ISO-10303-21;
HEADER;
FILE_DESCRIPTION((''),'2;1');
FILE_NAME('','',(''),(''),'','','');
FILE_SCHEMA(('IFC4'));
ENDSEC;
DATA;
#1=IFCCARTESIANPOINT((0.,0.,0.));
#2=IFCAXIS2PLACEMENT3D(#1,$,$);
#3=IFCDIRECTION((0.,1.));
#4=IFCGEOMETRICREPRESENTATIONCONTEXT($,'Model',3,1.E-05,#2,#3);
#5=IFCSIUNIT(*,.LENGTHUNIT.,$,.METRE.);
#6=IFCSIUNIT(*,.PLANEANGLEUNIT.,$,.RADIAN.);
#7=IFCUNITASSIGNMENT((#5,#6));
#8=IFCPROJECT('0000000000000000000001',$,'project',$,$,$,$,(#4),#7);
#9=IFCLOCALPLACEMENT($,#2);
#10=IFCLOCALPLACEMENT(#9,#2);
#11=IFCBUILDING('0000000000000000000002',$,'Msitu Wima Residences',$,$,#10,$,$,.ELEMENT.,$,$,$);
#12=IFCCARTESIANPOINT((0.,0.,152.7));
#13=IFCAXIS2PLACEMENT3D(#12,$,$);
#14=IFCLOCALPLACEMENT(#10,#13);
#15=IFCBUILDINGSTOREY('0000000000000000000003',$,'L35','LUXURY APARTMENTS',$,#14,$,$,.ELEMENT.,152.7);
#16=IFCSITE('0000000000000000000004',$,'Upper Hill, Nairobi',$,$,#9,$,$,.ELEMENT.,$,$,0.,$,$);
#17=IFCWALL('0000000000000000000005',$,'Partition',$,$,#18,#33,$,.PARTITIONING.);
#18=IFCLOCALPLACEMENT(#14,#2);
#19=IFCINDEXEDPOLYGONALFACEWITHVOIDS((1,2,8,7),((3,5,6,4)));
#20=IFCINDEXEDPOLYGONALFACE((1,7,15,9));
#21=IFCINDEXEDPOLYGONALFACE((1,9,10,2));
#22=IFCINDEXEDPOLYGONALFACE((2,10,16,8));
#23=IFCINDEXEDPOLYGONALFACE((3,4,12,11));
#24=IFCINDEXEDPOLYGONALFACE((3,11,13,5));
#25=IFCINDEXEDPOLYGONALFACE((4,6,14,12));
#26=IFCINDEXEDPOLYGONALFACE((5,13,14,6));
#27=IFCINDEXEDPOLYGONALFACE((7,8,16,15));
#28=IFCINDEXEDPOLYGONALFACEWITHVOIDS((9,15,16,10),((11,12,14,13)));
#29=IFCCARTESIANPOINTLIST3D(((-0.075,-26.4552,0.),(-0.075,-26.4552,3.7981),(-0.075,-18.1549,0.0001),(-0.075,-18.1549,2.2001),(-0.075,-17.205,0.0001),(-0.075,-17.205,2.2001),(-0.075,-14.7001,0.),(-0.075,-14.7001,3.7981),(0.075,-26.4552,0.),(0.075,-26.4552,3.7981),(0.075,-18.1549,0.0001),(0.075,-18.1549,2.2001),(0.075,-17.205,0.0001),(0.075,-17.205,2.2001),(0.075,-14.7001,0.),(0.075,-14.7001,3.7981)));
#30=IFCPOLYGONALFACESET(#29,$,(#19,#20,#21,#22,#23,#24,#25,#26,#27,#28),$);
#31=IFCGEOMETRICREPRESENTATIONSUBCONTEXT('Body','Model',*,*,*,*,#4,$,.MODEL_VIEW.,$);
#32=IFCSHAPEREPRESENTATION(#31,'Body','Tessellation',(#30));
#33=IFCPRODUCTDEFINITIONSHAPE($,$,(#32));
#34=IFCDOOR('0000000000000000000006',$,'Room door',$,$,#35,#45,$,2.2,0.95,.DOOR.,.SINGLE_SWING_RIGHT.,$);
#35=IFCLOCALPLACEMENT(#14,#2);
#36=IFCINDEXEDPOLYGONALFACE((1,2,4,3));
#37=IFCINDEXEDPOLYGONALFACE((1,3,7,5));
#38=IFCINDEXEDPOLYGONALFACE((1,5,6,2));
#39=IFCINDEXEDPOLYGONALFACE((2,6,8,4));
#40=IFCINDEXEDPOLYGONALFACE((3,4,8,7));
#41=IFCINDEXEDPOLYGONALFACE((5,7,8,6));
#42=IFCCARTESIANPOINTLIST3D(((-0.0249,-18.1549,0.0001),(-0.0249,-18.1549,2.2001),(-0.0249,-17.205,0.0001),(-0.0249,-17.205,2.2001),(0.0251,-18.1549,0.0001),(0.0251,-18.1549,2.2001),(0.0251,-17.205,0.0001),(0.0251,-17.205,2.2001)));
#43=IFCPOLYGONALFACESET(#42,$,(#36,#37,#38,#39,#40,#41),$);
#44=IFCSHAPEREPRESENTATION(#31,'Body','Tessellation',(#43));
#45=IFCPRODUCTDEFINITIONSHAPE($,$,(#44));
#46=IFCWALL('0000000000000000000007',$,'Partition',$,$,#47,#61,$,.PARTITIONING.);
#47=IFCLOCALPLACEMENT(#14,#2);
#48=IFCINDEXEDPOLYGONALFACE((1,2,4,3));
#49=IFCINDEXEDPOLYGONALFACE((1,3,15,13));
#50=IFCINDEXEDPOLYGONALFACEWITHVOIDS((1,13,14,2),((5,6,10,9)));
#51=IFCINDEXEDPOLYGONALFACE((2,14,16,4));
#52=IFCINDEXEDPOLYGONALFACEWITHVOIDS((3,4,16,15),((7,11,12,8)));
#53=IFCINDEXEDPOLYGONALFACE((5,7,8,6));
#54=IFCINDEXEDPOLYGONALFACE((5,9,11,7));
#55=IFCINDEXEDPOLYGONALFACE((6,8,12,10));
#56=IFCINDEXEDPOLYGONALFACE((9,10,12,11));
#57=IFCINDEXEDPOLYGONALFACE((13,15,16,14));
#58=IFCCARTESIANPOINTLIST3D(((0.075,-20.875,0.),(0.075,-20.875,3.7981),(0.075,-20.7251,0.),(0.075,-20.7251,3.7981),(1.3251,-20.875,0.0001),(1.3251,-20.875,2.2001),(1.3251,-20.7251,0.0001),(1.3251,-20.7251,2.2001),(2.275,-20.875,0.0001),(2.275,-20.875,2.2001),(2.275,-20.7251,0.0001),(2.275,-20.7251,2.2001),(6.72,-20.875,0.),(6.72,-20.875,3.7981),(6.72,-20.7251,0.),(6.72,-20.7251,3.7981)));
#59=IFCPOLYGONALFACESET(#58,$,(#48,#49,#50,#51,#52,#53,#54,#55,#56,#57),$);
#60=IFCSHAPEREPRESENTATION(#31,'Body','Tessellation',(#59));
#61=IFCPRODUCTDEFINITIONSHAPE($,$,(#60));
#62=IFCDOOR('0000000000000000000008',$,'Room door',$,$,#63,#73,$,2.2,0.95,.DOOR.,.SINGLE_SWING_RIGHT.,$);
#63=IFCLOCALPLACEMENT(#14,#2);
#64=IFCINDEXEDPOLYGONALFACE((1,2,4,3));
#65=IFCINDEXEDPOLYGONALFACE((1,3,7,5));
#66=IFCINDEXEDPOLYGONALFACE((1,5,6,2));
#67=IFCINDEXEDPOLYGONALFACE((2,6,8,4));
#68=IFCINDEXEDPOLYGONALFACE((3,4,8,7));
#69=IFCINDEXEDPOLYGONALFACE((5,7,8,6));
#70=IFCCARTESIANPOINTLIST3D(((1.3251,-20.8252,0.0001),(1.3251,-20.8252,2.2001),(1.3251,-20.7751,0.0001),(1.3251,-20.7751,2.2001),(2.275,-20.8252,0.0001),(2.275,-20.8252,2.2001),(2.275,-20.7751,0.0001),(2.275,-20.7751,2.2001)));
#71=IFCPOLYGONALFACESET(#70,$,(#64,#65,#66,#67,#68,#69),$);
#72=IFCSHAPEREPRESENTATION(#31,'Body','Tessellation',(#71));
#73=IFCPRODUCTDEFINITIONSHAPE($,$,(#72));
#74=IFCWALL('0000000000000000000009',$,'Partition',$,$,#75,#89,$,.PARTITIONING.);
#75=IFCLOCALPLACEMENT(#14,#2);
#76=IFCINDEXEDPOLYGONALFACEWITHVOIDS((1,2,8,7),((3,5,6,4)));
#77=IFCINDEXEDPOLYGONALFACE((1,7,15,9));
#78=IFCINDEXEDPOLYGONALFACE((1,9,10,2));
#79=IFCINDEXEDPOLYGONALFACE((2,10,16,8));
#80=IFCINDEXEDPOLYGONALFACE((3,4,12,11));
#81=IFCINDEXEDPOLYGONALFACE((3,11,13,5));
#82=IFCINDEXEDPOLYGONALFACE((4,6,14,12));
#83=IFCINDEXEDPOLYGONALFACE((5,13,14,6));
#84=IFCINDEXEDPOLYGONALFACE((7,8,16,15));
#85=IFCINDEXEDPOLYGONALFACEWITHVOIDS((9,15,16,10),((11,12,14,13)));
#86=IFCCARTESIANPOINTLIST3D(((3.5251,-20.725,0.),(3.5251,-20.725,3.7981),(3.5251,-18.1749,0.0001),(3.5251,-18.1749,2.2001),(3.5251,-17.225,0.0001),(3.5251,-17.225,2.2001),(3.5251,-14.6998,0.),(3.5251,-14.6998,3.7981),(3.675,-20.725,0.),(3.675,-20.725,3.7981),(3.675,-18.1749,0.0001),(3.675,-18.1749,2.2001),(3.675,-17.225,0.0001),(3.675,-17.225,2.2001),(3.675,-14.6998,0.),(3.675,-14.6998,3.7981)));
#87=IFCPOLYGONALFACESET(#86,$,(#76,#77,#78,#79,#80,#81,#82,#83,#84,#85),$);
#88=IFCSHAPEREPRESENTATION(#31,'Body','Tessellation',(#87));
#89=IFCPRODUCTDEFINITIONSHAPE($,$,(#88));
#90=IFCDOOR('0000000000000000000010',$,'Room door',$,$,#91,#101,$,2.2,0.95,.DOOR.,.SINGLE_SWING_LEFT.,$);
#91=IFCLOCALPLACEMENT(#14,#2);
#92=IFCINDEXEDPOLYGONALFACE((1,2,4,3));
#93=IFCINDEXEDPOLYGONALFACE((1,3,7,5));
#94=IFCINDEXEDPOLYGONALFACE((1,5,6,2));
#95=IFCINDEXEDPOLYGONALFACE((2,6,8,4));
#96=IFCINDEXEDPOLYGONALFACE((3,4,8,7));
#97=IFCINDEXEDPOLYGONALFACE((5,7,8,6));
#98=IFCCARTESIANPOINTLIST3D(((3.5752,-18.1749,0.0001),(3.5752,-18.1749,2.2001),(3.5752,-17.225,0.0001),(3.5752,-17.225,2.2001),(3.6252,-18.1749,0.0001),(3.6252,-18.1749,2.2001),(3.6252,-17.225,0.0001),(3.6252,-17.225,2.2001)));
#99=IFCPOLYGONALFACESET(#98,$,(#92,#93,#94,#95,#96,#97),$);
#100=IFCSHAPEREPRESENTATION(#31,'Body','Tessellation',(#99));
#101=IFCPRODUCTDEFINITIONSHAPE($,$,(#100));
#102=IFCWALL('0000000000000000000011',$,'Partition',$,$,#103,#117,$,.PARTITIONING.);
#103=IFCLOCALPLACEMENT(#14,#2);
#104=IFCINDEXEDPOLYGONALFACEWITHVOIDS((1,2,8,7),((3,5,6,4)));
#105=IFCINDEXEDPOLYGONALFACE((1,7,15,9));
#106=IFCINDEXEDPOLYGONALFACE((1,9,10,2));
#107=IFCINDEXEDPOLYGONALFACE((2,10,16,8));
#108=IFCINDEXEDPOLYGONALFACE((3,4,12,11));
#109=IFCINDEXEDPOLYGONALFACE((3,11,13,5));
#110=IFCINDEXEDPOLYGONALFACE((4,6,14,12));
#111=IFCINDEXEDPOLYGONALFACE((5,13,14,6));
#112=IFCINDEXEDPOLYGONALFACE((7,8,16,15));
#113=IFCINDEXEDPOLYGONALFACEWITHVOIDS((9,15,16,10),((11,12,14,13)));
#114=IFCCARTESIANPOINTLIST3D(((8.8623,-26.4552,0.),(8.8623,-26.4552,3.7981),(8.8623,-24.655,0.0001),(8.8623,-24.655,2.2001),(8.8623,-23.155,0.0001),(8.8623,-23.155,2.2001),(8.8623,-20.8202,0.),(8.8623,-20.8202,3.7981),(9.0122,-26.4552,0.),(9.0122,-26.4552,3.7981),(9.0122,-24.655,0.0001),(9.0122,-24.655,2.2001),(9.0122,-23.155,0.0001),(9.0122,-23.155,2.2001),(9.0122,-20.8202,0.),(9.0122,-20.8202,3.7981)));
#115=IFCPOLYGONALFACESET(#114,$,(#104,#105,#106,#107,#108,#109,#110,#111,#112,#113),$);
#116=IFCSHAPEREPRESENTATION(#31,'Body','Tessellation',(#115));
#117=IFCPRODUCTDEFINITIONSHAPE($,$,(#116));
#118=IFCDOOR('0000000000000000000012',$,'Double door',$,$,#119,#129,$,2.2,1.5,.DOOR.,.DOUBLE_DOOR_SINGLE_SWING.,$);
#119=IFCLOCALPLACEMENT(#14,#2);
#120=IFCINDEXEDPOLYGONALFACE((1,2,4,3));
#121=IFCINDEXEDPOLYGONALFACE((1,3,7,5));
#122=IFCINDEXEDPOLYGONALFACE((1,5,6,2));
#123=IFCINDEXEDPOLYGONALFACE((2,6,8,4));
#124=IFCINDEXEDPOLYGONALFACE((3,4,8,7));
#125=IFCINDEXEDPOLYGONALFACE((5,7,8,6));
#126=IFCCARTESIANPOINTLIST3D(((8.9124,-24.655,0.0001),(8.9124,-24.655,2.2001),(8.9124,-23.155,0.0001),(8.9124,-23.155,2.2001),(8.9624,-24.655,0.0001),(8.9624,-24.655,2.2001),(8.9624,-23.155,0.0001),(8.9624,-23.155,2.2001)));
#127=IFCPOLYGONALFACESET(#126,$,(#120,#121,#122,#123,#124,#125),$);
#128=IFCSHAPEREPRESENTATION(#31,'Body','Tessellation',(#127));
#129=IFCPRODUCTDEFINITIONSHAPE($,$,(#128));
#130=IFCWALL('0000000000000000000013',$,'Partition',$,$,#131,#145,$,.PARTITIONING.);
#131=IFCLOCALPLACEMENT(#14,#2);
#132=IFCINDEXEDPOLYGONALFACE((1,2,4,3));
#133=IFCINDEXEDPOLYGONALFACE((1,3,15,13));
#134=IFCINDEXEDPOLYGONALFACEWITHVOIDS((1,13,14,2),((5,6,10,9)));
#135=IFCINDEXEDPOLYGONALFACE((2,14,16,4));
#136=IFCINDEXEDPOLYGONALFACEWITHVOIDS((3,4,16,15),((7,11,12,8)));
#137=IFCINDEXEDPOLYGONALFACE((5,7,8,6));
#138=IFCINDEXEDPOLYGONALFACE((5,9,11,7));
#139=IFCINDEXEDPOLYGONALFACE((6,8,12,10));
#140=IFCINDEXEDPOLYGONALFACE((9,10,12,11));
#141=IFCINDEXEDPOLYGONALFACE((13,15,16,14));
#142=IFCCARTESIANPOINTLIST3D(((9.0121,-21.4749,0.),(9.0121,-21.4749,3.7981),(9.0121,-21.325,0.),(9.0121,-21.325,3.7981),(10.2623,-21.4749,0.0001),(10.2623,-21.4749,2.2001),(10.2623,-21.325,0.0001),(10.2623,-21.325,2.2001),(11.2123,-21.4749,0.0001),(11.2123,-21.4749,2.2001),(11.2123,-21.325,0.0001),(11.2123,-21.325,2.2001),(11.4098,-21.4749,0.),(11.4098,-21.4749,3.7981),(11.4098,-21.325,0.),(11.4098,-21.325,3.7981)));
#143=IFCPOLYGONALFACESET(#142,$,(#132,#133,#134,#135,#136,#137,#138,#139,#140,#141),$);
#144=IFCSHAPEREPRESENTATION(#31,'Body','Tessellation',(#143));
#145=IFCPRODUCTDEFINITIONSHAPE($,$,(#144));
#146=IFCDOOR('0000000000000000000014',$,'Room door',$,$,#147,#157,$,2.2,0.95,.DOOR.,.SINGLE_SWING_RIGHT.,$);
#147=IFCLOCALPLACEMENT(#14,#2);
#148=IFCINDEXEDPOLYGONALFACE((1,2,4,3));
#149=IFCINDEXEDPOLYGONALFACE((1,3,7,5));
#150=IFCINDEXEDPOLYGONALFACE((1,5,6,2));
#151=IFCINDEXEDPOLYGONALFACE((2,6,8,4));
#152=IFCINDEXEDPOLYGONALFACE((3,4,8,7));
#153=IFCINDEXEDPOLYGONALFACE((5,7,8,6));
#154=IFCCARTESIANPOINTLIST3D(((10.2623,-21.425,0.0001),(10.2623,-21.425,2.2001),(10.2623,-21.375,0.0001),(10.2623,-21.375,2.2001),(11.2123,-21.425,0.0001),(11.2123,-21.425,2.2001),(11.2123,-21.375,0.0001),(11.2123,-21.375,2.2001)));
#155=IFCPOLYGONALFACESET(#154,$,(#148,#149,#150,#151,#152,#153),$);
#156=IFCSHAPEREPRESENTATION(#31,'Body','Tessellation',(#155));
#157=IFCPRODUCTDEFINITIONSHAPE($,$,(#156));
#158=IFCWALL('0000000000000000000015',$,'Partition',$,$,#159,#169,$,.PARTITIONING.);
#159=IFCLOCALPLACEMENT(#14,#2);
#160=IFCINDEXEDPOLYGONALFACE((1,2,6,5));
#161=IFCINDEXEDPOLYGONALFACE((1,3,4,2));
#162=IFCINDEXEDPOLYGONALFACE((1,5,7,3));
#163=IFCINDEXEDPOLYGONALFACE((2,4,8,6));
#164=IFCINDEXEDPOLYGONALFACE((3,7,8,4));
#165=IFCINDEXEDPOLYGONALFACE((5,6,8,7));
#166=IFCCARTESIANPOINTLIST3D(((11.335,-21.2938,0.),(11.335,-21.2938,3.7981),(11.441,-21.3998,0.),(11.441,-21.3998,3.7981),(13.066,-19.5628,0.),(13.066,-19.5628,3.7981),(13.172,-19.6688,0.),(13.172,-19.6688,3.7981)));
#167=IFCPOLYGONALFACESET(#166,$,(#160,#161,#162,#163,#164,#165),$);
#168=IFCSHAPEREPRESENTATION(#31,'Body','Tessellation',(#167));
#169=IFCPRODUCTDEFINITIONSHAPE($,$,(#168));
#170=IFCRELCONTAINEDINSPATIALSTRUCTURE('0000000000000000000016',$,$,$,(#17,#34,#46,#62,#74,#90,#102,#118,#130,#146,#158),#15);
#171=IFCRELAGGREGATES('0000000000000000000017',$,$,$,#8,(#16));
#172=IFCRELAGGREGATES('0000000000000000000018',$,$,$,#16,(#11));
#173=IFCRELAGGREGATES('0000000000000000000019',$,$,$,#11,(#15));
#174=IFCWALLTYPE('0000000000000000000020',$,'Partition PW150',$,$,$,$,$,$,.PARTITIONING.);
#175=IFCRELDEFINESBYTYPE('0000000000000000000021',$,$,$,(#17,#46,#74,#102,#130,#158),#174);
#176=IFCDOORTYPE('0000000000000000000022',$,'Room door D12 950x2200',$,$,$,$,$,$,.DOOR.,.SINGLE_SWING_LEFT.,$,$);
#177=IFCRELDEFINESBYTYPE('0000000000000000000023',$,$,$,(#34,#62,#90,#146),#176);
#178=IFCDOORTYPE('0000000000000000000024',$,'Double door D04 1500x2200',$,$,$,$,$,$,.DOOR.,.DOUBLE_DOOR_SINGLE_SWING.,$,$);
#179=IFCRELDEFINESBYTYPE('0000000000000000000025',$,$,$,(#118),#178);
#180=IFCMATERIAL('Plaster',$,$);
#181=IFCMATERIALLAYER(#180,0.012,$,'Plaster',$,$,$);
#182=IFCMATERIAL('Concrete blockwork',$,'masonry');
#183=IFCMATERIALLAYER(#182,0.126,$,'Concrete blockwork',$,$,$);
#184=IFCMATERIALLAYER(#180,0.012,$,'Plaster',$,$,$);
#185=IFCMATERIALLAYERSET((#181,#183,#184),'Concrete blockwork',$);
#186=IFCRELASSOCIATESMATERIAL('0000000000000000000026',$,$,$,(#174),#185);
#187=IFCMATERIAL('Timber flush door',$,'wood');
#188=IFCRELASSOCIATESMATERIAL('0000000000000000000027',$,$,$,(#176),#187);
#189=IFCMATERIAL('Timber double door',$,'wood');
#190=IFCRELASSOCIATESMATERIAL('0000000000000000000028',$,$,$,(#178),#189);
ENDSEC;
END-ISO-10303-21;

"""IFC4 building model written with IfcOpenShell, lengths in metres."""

from ifc_helpers import new_model, si_unit, direction, frame, frame_2d, origin, place, context, subcontext, project, spatial, rectangle, extrude, material, layer, layer_set, type_object, element, fill, save


model = new_model("IFC4")

# Units and contexts
model_context = context("Model", 3, precision=1e-05, world=origin(), true_north=direction((0.0, 1.0)))
body_context = subcontext(model_context, "Body", "Model", "MODEL_VIEW")
ifc_project = project(units=[si_unit("LENGTHUNIT", "METRE"), si_unit("PLANEANGLEUNIT", "RADIAN")], contexts=[model_context])

# Site, building, storey
site_placement = place(None, origin())
site = spatial("IfcSite", under=ifc_project, at=site_placement, Name="Upper Hill, Nairobi", CompositionType="ELEMENT", RefElevation=0.0)
building_placement = place(site_placement, origin())
building = spatial("IfcBuilding", under=site, at=building_placement, Name="Msitu Wima Residences", CompositionType="ELEMENT")
storey_placement = place(building_placement, frame((0.0, 0.0, 152.7)))
storey = spatial("IfcBuildingStorey", under=building, at=storey_placement, Name="L35", Description="LUXURY APARTMENTS", CompositionType="ELEMENT", Elevation=152.7)

# Walls, openings, doors
ifc_material_1 = material(Name="Plaster")
ifc_layer_1 = layer(ifc_material_1, 0.012, Name="Plaster")
ifc_material_2 = material(Name="Concrete blockwork", Category="masonry")
ifc_layer_2 = layer(ifc_material_2, 0.126, Name="Concrete blockwork")
ifc_layer_3 = layer(ifc_material_1, 0.012, Name="Plaster")
ifc_layer_set_1 = layer_set([ifc_layer_1, ifc_layer_2, ifc_layer_3], Name="Concrete blockwork")
wall_type_1 = type_object("IfcWallType", Name="Partition PW150", PredefinedType="PARTITIONING", material=ifc_layer_set_1)
wall_1_placement = place(storey_placement, frame((0.0, -26.4551, 0.0), z_axis=(0.0, 0.0, 1.0), x_axis=(0.0, 1.0, 0.0)))
wall_1 = element("IfcWall", 1, at=wall_1_placement, inside=storey, type_object=wall_type_1, Name="Partition", PredefinedType="PARTITIONING", context=body_context, shape_type="SweptSolid", body=[
    extrude(rectangle(XDim=11.7551, YDim=0.1499, at=frame_2d((5.8774, 0.0))), origin(), (0.0, 0.0, 1.0), 3.7981),
])
opening_1_placement = place(wall_1_placement, frame((8.3, 0.0, 0.0)))
opening_1 = element("IfcOpeningElement", 2, at=opening_1_placement, cuts=wall_1, PredefinedType="OPENING", context=body_context, shape_type="SweptSolid", body=[
    extrude(rectangle(XDim=0.95, YDim=2.2, at=frame_2d((0.4751, 1.1001))), frame((0.0, 0.085, 0.0), z_axis=(0.0, -1.0, 0.0), x_axis=(1.0, 0.0, 0.0)), (0.0, 0.0, 1.0), 0.1699),
])
ifc_material_3 = material(Name="Timber flush door", Category="wood")
door_type_1 = type_object("IfcDoorType", Name="Room door D12 950x2200", OperationType="SINGLE_SWING_LEFT", PredefinedType="DOOR", material=ifc_material_3)
door_1_placement = place(opening_1_placement, origin())
door_1 = element("IfcDoor", 3, at=door_1_placement, inside=storey, type_object=door_type_1, Name="Room door", OperationType="SINGLE_SWING_RIGHT", OverallHeight=2.2, OverallWidth=0.95, PredefinedType="DOOR", context=body_context, shape_type="SweptSolid", body=[
    extrude(rectangle(XDim=0.95, YDim=2.2, at=frame_2d((0.4751, 1.1001))), frame((0.0, 0.0249, 0.0), z_axis=(0.0, -1.0, 0.0), x_axis=(1.0, 0.0, 0.0)), (0.0, 0.0, 1.0), 0.05),
])
fill(opening_1, door_1)
wall_2_placement = place(storey_placement, frame((0.075, -20.8, 0.0), z_axis=(0.0, 0.0, 1.0), x_axis=(1.0, 0.0, 0.0)))
wall_2 = element("IfcWall", 4, at=wall_2_placement, inside=storey, type_object=wall_type_1, Name="Partition", PredefinedType="PARTITIONING", context=body_context, shape_type="SweptSolid", body=[
    extrude(rectangle(XDim=6.645, YDim=0.1499, at=frame_2d((3.3225, 0.0))), origin(), (0.0, 0.0, 1.0), 3.7981),
])
opening_2_placement = place(wall_2_placement, frame((1.25, 0.0, 0.0)))
opening_2 = element("IfcOpeningElement", 5, at=opening_2_placement, cuts=wall_2, PredefinedType="OPENING", context=body_context, shape_type="SweptSolid", body=[
    extrude(rectangle(XDim=0.95, YDim=2.2, at=frame_2d((0.4751, 1.1001))), frame((0.0, 0.085, 0.0), z_axis=(0.0, -1.0, 0.0), x_axis=(1.0, 0.0, 0.0)), (0.0, 0.0, 1.0), 0.1699),
])
door_2_placement = place(opening_2_placement, origin())
door_2 = element("IfcDoor", 6, at=door_2_placement, inside=storey, type_object=door_type_1, Name="Room door", OperationType="SINGLE_SWING_RIGHT", OverallHeight=2.2, OverallWidth=0.95, PredefinedType="DOOR", context=body_context, shape_type="SweptSolid", body=[
    extrude(rectangle(XDim=0.95, YDim=2.2, at=frame_2d((0.4751, 1.1001))), frame((0.0, 0.0249, 0.0), z_axis=(0.0, -1.0, 0.0), x_axis=(1.0, 0.0, 0.0)), (0.0, 0.0, 1.0), 0.05),
])
fill(opening_2, door_2)
wall_3_placement = place(storey_placement, frame((3.6001, -20.7251, 0.0), z_axis=(0.0, 0.0, 1.0), x_axis=(0.0, 1.0, 0.0)))
wall_3 = element("IfcWall", 7, at=wall_3_placement, inside=storey, type_object=wall_type_1, Name="Partition", PredefinedType="PARTITIONING", context=body_context, shape_type="SweptSolid", body=[
    extrude(rectangle(XDim=6.0251, YDim=0.1499, at=frame_2d((3.0127, 0.0))), origin(), (0.0, 0.0, 1.0), 3.7981),
])
opening_3_placement = place(wall_3_placement, frame((2.55, 0.0, 0.0)))
opening_3 = element("IfcOpeningElement", 8, at=opening_3_placement, cuts=wall_3, PredefinedType="OPENING", context=body_context, shape_type="SweptSolid", body=[
    extrude(rectangle(XDim=0.95, YDim=2.2, at=frame_2d((0.4751, 1.1001))), frame((0.0, 0.085, 0.0), z_axis=(0.0, -1.0, 0.0), x_axis=(1.0, 0.0, 0.0)), (0.0, 0.0, 1.0), 0.1699),
])
door_3_placement = place(opening_3_placement, origin())
door_3 = element("IfcDoor", 9, at=door_3_placement, inside=storey, type_object=door_type_1, Name="Room door", OperationType="SINGLE_SWING_LEFT", OverallHeight=2.2, OverallWidth=0.95, PredefinedType="DOOR", context=body_context, shape_type="SweptSolid", body=[
    extrude(rectangle(XDim=0.95, YDim=2.2, at=frame_2d((0.4751, 1.1001))), frame((0.0, 0.0249, 0.0), z_axis=(0.0, -1.0, 0.0), x_axis=(1.0, 0.0, 0.0)), (0.0, 0.0, 1.0), 0.05),
])
fill(opening_3, door_3)
wall_4_placement = place(storey_placement, frame((8.9373, -26.4551, 0.0), z_axis=(0.0, 0.0, 1.0), x_axis=(0.0, 1.0, 0.0)))
wall_4 = element("IfcWall", 10, at=wall_4_placement, inside=storey, type_object=wall_type_1, Name="Partition", PredefinedType="PARTITIONING", context=body_context, shape_type="SweptSolid", body=[
    extrude(rectangle(XDim=5.635, YDim=0.1499, at=frame_2d((2.8174, 0.0))), origin(), (0.0, 0.0, 1.0), 3.7981),
])
opening_4_placement = place(wall_4_placement, frame((1.8, 0.0, 0.0)))
opening_4 = element("IfcOpeningElement", 11, at=opening_4_placement, cuts=wall_4, PredefinedType="OPENING", context=body_context, shape_type="SweptSolid", body=[
    extrude(rectangle(XDim=1.5, YDim=2.2, at=frame_2d((0.75, 1.1001))), frame((0.0, 0.085, 0.0), z_axis=(0.0, -1.0, 0.0), x_axis=(1.0, 0.0, 0.0)), (0.0, 0.0, 1.0), 0.1699),
])
ifc_material_4 = material(Name="Timber double door", Category="wood")
door_type_2 = type_object("IfcDoorType", Name="Double door D04 1500x2200", OperationType="DOUBLE_DOOR_SINGLE_SWING", PredefinedType="DOOR", material=ifc_material_4)
door_4_placement = place(opening_4_placement, origin())
door_4 = element("IfcDoor", 12, at=door_4_placement, inside=storey, type_object=door_type_2, Name="Double door", OperationType="DOUBLE_DOOR_SINGLE_SWING", OverallHeight=2.2, OverallWidth=1.5, PredefinedType="DOOR", context=body_context, shape_type="SweptSolid", body=[
    extrude(rectangle(XDim=1.5, YDim=2.2, at=frame_2d((0.75, 1.1001))), frame((0.0, 0.0249, 0.0), z_axis=(0.0, -1.0, 0.0), x_axis=(1.0, 0.0, 0.0)), (0.0, 0.0, 1.0), 0.05),
])
fill(opening_4, door_4)
wall_5_placement = place(storey_placement, frame((9.0122, -21.3999, 0.0), z_axis=(0.0, 0.0, 1.0), x_axis=(1.0, 0.0, 0.0)))
wall_5 = element("IfcWall", 13, at=wall_5_placement, inside=storey, type_object=wall_type_1, Name="Partition", PredefinedType="PARTITIONING", context=body_context, shape_type="SweptSolid", body=[
    extrude(rectangle(XDim=2.3977, YDim=0.1499, at=frame_2d((1.1987, 0.0))), origin(), (0.0, 0.0, 1.0), 3.7981),
])
opening_5_placement = place(wall_5_placement, frame((1.25, 0.0, 0.0)))
opening_5 = element("IfcOpeningElement", 14, at=opening_5_placement, cuts=wall_5, PredefinedType="OPENING", context=body_context, shape_type="SweptSolid", body=[
    extrude(rectangle(XDim=0.95, YDim=2.2, at=frame_2d((0.4751, 1.1001))), frame((0.0, 0.085, 0.0), z_axis=(0.0, -1.0, 0.0), x_axis=(1.0, 0.0, 0.0)), (0.0, 0.0, 1.0), 0.1699),
])
door_5_placement = place(opening_5_placement, origin())
door_5 = element("IfcDoor", 15, at=door_5_placement, inside=storey, type_object=door_type_1, Name="Room door", OperationType="SINGLE_SWING_RIGHT", OverallHeight=2.2, OverallWidth=0.95, PredefinedType="DOOR", context=body_context, shape_type="SweptSolid", body=[
    extrude(rectangle(XDim=0.95, YDim=2.2, at=frame_2d((0.4751, 1.1001))), frame((0.0, 0.0249, 0.0), z_axis=(0.0, -1.0, 0.0), x_axis=(1.0, 0.0, 0.0)), (0.0, 0.0, 1.0), 0.05),
])
fill(opening_5, door_5)

# Wall
wall_6_placement = place(storey_placement, frame((11.3879, -21.3469, 0.0), z_axis=(0.0, 0.0, 1.0), x_axis=(0.707107, 0.707107, 0.0)))
element("IfcWall", 16, at=wall_6_placement, inside=storey, type_object=wall_type_1, Name="Partition", PredefinedType="PARTITIONING", context=body_context, shape_type="SweptSolid", body=[
    extrude(rectangle(XDim=2.448, YDim=0.1499, at=frame_2d((1.2241, 0.0))), origin(), (0.0, 0.0, 1.0), 3.7981),
])

save(model, "model.ifc")
